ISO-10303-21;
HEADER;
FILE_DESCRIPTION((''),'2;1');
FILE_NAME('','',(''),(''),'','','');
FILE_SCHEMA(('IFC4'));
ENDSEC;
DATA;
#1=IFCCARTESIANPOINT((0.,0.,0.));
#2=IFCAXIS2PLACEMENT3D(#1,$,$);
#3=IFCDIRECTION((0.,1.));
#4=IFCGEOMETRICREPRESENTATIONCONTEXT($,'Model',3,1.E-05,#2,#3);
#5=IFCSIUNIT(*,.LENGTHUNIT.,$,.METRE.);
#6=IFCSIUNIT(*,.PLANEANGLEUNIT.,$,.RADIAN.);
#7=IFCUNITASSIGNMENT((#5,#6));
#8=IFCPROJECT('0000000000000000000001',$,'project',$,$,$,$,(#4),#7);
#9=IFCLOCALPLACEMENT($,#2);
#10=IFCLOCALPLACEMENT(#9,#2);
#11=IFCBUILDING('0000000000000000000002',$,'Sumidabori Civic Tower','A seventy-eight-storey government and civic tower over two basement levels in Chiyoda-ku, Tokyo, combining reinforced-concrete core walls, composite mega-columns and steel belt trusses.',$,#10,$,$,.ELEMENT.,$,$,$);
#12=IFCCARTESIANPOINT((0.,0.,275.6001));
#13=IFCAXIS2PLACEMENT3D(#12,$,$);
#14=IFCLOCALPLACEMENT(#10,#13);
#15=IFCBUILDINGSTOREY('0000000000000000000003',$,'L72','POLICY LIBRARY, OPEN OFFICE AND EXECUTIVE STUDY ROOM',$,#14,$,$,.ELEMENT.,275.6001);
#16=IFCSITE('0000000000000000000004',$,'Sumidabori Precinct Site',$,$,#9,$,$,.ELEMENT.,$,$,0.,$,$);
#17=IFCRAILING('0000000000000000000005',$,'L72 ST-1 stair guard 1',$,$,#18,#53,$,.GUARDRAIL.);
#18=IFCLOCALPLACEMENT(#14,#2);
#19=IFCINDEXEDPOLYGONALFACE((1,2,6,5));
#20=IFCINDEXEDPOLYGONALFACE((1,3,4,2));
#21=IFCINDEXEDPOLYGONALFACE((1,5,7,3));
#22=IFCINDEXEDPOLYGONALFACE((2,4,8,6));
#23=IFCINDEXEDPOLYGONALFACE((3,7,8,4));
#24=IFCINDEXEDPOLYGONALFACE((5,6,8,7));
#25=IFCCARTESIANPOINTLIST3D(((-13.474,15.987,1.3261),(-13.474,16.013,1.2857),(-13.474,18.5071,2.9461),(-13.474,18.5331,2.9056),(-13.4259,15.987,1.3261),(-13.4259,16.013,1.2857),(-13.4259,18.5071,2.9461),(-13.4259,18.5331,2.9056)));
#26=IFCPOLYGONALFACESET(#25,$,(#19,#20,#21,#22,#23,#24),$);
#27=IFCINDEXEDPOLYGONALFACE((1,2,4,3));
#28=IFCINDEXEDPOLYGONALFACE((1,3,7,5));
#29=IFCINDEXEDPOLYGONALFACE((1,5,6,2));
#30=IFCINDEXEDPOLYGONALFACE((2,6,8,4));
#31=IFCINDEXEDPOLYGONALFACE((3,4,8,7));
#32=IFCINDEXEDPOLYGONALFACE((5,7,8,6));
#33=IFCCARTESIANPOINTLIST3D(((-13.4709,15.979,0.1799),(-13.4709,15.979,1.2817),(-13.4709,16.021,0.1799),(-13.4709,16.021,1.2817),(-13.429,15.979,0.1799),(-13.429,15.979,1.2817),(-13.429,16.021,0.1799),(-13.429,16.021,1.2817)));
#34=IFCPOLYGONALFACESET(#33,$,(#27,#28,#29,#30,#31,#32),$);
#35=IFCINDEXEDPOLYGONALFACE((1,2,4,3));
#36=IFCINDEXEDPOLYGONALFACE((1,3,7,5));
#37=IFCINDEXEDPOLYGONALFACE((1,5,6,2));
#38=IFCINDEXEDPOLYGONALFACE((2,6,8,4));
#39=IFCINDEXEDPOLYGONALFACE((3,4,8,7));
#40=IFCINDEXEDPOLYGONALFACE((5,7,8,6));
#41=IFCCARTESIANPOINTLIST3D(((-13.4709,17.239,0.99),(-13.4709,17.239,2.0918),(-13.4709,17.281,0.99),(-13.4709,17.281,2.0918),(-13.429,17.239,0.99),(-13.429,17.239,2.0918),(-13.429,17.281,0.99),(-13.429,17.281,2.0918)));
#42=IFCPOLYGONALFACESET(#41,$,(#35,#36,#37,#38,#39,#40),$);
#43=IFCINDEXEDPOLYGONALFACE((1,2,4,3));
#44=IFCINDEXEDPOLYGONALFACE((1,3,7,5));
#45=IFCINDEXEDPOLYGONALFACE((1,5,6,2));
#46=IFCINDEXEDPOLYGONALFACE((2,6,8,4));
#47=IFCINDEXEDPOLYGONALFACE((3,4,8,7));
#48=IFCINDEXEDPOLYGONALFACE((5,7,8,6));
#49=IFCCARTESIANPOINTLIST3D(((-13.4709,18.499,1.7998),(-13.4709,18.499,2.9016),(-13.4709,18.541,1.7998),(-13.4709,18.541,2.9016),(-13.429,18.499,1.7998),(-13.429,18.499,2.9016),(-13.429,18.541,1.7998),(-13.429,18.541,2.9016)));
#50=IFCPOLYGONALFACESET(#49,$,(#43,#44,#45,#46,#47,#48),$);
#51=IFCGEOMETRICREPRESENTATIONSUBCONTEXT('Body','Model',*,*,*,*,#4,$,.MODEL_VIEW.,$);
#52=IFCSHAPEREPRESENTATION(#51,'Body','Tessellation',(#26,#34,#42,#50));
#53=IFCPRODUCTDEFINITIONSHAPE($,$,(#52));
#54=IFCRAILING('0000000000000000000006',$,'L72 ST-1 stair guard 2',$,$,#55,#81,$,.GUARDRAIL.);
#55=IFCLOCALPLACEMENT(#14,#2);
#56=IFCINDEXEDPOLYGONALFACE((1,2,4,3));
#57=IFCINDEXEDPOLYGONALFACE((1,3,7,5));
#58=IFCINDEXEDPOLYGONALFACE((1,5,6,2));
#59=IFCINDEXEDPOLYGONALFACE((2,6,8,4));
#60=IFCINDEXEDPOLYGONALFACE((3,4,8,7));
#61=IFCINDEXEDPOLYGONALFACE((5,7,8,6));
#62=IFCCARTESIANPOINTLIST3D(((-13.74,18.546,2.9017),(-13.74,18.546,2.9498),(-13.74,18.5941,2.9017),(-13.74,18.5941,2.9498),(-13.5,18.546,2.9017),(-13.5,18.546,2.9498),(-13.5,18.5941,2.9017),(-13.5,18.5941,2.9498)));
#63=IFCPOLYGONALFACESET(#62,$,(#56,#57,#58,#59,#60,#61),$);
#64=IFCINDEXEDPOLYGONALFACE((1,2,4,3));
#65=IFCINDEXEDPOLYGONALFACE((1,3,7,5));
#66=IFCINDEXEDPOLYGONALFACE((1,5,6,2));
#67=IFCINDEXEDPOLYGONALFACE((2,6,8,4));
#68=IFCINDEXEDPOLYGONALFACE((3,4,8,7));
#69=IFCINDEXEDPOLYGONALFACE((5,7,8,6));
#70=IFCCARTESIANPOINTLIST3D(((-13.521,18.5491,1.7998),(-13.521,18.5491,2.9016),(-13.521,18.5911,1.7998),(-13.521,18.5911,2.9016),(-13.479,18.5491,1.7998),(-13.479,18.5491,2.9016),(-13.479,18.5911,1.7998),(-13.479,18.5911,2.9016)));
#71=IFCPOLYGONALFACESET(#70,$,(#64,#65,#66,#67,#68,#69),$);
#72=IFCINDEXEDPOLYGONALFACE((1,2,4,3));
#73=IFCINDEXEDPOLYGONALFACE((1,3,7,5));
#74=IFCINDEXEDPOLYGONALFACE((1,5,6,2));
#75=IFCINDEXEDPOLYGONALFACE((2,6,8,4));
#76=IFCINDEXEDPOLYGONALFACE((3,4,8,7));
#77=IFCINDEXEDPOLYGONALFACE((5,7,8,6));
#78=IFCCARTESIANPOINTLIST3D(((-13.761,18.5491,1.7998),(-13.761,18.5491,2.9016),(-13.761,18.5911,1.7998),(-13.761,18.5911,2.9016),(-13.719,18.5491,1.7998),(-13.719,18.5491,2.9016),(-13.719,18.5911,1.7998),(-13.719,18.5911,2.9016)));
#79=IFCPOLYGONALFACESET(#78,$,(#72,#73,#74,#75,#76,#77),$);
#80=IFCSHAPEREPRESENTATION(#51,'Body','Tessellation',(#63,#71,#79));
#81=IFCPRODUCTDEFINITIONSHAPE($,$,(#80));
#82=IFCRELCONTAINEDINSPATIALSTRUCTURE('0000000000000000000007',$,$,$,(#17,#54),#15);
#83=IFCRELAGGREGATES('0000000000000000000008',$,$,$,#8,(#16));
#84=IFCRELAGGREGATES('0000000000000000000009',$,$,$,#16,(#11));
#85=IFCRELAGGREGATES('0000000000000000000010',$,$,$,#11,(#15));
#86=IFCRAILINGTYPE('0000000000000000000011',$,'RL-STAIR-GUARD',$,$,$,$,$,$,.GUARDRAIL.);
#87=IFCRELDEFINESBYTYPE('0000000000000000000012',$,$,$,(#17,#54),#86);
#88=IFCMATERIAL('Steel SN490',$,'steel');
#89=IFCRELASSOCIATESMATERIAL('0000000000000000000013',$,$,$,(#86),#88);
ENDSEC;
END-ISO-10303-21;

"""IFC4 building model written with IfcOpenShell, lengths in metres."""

from ifc_helpers import new_model, si_unit, direction, frame, origin, origin_2d, place, context, subcontext, project, spatial, rectangle, extrude, material, type_object, element, save


model = new_model("IFC4")

# Units and contexts
model_context = context("Model", 3, precision=1e-05, world=origin(), true_north=direction((0.0, 1.0)))
body_context = subcontext(model_context, "Body", "Model", "MODEL_VIEW")
ifc_project = project(units=[si_unit("LENGTHUNIT", "METRE"), si_unit("PLANEANGLEUNIT", "RADIAN")], contexts=[model_context])

# Site, building, storey
site_placement = place(None, origin())
site = spatial("IfcSite", under=ifc_project, at=site_placement, Name="Sumidabori Precinct Site", CompositionType="ELEMENT", RefElevation=0.0)
building_placement = place(site_placement, origin())
building = spatial("IfcBuilding", under=site, at=building_placement, Name="Sumidabori Civic Tower", Description="A seventy-eight-storey government and civic tower over two basement levels in Chiyoda-ku, Tokyo, combining reinforced-concrete core walls, composite mega-columns and steel belt trusses.", CompositionType="ELEMENT")
storey_placement = place(building_placement, frame((0.0, 0.0, 275.6001)))
storey = spatial("IfcBuildingStorey", under=building, at=storey_placement, Name="L72", Description="POLICY LIBRARY, OPEN OFFICE AND EXECUTIVE STUDY ROOM", CompositionType="ELEMENT", Elevation=275.6001)

# Shared definitions
ifc_material_1 = material(Name="Steel SN490", Category="steel")

# Railings
railing_type_1 = type_object("IfcRailingType", Name="RL-STAIR-GUARD", PredefinedType="GUARDRAIL", material=ifc_material_1)
railing_1_placement = place(storey_placement, frame((-13.45, 16.0, 0.1799)))
element("IfcRailing", 1, at=railing_1_placement, inside=storey, type_object=railing_type_1, Name="L72 ST-1 stair guard 1", PredefinedType="GUARDRAIL", context=body_context, shape_type="SweptSolid", body=[
    extrude(rectangle(XDim=0.0481, YDim=0.0481, at=origin_2d()), frame((0.0, 0.0, 1.126), z_axis=(0.0, 0.8412, 0.540725), x_axis=(-1.0, 0.0, 0.0)), (0.0, 0.0, 1.0), 2.9958),
    extrude(rectangle(XDim=0.042, YDim=0.042, at=origin_2d()), origin(), (0.0, 0.0, 1.0), 1.1018),
    extrude(rectangle(XDim=0.042, YDim=0.042, at=origin_2d()), frame((0.0, 1.26, 0.8101)), (0.0, 0.0, 1.0), 1.1018),
    extrude(rectangle(XDim=0.042, YDim=0.042, at=origin_2d()), frame((0.0, 2.52, 1.6199)), (0.0, 0.0, 1.0), 1.1018),
])
railing_2_placement = place(storey_placement, frame((-13.5, 18.5701, 1.7998)))
element("IfcRailing", 2, at=railing_2_placement, inside=storey, type_object=railing_type_1, Name="L72 ST-1 stair guard 2", PredefinedType="GUARDRAIL", context=body_context, shape_type="SweptSolid", body=[
    extrude(rectangle(XDim=0.0481, YDim=0.0481, at=origin_2d()), frame((0.0, 0.0, 1.126), z_axis=(-1.0, 0.0, 0.0), x_axis=(0.0, -1.0, 0.0)), (0.0, 0.0, 1.0), 0.24),
    extrude(rectangle(XDim=0.042, YDim=0.042, at=origin_2d()), origin(), (0.0, 0.0, 1.0), 1.1018),
    extrude(rectangle(XDim=0.042, YDim=0.042, at=origin_2d()), frame((-0.24, 0.0, 0.0)), (0.0, 0.0, 1.0), 1.1018),
])

save(model, "model.ifc")
